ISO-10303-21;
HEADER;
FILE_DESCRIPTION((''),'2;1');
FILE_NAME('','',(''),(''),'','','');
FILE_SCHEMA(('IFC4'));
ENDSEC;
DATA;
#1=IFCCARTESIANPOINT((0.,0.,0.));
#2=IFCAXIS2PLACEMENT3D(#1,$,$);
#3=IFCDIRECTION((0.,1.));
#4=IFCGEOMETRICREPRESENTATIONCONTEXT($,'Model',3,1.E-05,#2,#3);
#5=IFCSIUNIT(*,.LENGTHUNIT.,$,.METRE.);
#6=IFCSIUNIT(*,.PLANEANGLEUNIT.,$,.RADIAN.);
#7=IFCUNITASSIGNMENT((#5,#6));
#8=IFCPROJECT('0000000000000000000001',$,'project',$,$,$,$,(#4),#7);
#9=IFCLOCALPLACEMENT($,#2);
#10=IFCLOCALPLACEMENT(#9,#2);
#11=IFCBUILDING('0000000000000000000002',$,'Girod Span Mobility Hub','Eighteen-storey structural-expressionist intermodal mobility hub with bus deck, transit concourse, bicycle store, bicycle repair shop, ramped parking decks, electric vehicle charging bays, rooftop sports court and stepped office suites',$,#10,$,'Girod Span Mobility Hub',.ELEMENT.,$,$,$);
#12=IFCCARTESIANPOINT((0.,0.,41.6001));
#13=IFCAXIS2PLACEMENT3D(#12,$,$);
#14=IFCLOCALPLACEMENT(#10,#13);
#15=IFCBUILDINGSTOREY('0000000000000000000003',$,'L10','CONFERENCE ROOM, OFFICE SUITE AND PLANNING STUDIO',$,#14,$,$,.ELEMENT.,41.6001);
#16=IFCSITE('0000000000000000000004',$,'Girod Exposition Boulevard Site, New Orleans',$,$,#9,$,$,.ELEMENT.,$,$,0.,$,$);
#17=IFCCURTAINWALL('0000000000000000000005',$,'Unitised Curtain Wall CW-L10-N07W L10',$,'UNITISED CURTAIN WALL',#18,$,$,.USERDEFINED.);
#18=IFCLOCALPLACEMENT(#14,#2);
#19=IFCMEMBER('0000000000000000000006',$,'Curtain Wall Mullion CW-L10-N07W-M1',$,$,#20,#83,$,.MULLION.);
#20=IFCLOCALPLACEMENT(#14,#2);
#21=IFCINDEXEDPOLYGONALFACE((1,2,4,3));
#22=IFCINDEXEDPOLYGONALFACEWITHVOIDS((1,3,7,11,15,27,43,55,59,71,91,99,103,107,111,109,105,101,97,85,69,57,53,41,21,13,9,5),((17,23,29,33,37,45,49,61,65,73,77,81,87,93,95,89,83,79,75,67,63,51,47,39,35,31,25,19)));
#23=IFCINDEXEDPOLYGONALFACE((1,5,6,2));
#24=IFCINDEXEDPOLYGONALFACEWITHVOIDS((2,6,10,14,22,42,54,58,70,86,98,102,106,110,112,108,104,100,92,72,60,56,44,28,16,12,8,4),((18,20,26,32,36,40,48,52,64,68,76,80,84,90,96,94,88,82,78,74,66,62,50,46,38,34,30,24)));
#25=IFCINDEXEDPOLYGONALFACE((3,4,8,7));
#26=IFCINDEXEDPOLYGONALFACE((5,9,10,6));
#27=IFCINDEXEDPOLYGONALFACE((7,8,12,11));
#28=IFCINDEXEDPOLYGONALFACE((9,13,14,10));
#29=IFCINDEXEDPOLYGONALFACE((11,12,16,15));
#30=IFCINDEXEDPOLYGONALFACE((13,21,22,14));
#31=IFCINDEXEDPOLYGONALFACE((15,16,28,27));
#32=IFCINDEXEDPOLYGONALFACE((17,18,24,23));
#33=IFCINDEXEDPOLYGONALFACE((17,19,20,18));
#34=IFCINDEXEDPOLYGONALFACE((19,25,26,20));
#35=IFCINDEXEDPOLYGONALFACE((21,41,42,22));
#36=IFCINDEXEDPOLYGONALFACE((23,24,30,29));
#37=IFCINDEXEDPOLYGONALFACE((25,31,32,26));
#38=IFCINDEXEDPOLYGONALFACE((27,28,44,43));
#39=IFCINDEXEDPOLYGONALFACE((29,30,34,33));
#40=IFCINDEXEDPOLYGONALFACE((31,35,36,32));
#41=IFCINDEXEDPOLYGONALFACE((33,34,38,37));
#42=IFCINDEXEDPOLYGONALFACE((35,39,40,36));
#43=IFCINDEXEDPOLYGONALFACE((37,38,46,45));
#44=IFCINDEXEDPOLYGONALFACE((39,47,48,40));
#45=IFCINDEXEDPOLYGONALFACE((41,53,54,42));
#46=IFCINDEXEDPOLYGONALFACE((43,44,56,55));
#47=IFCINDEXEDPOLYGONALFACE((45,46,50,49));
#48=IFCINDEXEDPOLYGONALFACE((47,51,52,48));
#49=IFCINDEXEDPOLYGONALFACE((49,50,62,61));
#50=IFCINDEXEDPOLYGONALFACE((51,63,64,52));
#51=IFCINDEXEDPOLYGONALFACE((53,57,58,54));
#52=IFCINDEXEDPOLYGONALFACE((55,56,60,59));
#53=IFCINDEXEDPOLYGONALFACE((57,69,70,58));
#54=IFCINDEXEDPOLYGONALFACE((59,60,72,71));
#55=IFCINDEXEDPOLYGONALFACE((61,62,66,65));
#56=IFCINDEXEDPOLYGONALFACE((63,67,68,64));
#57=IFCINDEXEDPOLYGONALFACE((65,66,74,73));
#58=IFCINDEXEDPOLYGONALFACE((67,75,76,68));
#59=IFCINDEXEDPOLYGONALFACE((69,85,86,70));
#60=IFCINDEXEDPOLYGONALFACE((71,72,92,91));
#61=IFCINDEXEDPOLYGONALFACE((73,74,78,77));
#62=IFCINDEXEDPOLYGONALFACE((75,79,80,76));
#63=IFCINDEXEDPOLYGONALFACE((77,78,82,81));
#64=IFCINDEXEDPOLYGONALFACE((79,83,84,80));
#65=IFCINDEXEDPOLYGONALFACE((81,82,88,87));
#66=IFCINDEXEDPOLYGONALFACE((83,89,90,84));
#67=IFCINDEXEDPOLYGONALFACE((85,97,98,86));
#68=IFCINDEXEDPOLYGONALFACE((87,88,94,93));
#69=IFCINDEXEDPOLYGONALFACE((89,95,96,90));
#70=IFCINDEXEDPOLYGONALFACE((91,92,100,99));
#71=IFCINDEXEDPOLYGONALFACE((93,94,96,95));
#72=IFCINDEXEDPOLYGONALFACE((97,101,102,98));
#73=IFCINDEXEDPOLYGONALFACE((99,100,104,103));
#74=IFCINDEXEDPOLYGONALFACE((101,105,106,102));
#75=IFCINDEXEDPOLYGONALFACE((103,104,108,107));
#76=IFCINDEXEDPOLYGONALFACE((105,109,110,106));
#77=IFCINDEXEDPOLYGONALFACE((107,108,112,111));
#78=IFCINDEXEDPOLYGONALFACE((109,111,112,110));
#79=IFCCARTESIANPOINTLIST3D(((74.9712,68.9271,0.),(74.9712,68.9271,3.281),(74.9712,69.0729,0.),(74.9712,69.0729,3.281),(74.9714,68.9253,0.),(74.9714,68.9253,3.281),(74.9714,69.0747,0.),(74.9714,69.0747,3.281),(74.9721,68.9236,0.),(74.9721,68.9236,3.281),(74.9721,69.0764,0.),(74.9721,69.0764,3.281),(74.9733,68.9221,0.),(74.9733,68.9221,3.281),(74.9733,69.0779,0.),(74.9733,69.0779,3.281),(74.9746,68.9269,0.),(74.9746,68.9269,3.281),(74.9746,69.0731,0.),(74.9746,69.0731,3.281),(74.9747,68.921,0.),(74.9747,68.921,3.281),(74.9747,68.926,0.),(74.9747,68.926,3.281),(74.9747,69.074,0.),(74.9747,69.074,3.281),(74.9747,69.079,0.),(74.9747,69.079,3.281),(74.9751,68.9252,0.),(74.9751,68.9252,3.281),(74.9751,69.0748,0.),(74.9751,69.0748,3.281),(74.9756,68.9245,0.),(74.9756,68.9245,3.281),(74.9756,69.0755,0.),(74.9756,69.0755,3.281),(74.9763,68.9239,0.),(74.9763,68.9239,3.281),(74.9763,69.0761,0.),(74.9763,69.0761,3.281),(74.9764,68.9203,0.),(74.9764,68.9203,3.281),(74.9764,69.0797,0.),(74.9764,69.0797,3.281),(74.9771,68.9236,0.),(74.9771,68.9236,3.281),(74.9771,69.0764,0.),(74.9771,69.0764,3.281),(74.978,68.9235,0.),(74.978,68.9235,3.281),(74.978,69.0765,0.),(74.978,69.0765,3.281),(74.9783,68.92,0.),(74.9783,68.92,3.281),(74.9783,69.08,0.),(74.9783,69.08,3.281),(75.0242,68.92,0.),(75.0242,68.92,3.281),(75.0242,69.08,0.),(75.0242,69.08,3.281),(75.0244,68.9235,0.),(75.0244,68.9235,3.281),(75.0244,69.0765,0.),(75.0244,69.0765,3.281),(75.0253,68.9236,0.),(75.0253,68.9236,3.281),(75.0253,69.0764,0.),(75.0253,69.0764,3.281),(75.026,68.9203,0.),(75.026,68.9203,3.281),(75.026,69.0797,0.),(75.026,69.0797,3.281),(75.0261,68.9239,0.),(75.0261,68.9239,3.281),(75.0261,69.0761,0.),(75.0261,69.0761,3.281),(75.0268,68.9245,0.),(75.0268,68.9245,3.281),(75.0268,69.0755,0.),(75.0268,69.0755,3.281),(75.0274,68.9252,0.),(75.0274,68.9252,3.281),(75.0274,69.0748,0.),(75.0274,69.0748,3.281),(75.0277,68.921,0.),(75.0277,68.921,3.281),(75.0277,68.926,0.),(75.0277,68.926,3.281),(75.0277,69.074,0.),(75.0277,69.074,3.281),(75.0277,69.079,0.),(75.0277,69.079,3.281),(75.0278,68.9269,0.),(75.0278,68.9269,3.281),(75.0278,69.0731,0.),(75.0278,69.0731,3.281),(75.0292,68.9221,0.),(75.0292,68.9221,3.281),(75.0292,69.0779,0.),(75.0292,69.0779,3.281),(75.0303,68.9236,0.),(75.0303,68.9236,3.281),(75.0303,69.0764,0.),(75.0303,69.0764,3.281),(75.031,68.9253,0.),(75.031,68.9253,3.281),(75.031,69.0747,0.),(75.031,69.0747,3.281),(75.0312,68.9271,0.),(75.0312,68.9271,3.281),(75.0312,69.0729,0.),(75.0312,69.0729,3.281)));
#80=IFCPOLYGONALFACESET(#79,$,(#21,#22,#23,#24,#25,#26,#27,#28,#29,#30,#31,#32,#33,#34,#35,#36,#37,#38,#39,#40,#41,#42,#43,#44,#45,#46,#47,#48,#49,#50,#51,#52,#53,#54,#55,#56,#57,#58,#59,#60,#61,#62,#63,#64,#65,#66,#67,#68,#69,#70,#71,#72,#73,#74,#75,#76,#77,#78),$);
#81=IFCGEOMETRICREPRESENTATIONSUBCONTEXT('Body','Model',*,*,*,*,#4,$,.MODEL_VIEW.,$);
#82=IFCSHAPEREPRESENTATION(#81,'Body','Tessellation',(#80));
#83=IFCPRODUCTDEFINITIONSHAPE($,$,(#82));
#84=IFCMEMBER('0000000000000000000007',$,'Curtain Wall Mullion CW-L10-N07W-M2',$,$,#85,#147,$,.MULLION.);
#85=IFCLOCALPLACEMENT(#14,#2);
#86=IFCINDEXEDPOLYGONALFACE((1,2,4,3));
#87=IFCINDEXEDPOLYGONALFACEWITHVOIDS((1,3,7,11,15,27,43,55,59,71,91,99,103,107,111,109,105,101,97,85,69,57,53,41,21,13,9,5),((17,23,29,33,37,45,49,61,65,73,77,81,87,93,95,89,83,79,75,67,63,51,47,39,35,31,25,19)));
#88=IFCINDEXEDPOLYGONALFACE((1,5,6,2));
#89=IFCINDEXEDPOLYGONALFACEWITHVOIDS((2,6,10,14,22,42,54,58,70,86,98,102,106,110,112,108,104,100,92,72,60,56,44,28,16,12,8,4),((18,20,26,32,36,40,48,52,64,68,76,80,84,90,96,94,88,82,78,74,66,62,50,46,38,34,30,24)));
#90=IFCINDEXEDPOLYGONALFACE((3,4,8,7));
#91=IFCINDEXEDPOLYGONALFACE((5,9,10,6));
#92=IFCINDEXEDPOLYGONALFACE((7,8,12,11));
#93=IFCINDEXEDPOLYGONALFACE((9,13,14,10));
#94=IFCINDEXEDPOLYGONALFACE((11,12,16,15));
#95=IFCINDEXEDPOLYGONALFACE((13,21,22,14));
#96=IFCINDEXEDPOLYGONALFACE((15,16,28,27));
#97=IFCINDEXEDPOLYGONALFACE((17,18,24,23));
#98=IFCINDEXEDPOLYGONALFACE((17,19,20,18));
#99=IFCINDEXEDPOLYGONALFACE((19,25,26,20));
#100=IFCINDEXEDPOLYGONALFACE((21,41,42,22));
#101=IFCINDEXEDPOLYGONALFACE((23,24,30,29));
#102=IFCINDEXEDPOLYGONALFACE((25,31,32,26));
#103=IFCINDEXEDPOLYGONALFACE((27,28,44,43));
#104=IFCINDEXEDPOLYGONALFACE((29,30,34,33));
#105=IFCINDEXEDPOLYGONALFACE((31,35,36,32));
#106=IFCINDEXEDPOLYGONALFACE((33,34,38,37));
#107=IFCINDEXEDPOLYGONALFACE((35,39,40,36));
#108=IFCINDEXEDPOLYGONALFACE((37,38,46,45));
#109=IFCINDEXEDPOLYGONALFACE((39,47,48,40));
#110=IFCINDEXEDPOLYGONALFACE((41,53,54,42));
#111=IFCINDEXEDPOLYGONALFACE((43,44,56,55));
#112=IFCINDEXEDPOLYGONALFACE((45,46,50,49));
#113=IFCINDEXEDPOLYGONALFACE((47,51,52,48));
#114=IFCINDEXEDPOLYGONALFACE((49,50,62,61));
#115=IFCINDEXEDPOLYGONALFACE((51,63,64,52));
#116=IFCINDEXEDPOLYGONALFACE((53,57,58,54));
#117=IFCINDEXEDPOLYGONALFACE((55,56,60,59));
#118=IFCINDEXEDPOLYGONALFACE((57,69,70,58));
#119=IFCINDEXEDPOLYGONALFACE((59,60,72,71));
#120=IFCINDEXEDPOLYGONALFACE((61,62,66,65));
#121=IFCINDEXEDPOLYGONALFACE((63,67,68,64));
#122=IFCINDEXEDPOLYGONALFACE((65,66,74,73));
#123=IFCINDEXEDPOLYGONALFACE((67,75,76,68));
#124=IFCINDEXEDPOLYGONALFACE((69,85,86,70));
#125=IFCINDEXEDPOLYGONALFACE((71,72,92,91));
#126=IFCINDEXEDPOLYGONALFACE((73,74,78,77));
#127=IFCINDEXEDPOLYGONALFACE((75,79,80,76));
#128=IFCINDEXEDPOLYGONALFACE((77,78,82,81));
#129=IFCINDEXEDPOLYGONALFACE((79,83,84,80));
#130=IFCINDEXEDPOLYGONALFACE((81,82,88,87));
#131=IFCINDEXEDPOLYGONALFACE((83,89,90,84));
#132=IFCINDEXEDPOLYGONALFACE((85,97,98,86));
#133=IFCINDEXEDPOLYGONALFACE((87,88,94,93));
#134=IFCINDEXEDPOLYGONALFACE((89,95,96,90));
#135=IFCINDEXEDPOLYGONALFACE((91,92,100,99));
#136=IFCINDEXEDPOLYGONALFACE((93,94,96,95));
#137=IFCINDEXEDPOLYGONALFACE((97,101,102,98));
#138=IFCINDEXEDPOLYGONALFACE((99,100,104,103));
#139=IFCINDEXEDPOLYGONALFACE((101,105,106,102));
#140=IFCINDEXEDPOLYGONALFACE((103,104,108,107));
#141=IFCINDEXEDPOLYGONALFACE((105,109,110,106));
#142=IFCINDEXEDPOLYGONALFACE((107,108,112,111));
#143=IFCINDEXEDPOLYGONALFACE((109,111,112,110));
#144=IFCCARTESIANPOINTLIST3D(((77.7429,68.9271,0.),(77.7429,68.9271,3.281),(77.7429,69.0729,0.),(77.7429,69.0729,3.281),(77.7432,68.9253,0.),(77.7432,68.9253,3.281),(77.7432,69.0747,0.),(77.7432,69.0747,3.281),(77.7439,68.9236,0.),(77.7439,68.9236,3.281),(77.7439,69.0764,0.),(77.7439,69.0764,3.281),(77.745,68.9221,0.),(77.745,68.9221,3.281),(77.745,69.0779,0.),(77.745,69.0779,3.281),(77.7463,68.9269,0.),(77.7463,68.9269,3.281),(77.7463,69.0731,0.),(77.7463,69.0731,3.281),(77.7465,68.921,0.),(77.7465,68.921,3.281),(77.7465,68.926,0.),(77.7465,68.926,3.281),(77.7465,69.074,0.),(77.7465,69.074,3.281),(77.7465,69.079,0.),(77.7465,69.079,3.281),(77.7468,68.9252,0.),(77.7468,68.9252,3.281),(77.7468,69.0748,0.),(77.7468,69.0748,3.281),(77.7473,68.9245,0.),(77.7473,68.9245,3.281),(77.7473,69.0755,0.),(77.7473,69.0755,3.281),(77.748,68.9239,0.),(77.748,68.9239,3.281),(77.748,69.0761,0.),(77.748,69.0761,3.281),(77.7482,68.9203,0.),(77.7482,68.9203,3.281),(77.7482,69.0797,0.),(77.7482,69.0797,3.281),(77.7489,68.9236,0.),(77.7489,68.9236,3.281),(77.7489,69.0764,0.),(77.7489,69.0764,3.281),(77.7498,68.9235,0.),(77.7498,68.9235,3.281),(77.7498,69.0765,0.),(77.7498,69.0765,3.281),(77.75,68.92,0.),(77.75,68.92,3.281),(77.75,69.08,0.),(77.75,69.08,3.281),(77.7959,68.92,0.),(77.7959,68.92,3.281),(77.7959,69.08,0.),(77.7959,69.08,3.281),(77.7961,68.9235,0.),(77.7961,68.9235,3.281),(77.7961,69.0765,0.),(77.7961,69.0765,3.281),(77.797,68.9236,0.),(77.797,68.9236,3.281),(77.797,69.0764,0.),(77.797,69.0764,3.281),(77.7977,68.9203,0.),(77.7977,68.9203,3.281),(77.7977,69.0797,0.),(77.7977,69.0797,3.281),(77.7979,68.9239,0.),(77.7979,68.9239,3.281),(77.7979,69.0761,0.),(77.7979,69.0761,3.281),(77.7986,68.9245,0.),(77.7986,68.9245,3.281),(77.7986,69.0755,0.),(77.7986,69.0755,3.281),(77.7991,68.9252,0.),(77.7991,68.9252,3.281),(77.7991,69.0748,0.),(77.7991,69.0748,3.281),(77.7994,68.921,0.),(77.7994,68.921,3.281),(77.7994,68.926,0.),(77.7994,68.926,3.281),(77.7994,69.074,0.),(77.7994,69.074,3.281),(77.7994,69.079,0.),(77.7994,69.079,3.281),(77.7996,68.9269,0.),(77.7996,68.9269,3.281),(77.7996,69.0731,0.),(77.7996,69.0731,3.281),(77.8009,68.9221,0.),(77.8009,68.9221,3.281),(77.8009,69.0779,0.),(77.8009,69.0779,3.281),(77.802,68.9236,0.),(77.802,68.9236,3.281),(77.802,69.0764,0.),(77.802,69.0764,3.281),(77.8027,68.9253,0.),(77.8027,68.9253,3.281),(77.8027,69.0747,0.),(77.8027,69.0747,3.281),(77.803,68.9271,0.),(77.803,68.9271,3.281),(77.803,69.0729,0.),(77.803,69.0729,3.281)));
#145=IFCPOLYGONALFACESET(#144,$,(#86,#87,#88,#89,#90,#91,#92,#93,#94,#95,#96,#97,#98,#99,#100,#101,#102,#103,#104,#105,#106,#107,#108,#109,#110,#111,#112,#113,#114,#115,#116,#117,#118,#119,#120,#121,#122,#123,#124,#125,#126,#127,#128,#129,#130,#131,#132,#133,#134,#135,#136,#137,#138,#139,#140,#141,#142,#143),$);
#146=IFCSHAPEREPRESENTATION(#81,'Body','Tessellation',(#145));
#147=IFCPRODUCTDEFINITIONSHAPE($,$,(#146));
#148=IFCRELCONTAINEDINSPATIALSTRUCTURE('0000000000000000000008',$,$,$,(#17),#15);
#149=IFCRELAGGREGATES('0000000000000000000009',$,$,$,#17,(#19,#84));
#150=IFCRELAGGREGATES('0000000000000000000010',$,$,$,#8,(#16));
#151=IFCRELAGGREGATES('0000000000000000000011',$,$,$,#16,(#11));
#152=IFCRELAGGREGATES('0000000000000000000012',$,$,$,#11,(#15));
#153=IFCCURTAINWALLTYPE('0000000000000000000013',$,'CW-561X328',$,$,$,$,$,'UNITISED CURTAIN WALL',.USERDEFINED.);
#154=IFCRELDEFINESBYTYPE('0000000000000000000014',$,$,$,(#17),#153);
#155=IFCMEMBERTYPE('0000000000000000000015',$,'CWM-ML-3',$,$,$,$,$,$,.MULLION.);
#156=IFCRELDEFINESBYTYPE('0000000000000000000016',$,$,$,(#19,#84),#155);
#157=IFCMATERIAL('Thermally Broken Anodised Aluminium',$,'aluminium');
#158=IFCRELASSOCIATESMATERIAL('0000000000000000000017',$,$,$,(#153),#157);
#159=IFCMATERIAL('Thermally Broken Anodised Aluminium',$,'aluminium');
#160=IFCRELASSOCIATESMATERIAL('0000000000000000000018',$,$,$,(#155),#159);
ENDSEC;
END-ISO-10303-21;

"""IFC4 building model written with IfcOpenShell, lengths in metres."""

from ifc_helpers import new_model, si_unit, direction, frame, origin, origin_2d, place, context, subcontext, project, spatial, hollow_rectangle, extrude, material, material_profile, profile_set, type_object, element, aggregate, save


model = new_model("IFC4")

# Units and contexts
model_context = context("Model", 3, precision=1e-05, world=origin(), true_north=direction((0.0, 1.0)))
body_context = subcontext(model_context, "Body", "Model", "MODEL_VIEW")
ifc_project = project(units=[si_unit("LENGTHUNIT", "METRE"), si_unit("PLANEANGLEUNIT", "RADIAN")], contexts=[model_context])

# Site, building, storey
site_placement = place(None, origin())
site = spatial("IfcSite", under=ifc_project, at=site_placement, Name="Girod Exposition Boulevard Site, New Orleans", CompositionType="ELEMENT", RefElevation=0.0)
building_placement = place(site_placement, origin())
building = spatial("IfcBuilding", under=site, at=building_placement, Name="Girod Span Mobility Hub", Description="Eighteen-storey structural-expressionist intermodal mobility hub with bus deck, transit concourse, bicycle store, bicycle repair shop, ramped parking decks, electric vehicle charging bays, rooftop sports court and stepped office suites", LongName="Girod Span Mobility Hub", CompositionType="ELEMENT")
storey_placement = place(building_placement, frame((0.0, 0.0, 41.6001)))
storey = spatial("IfcBuildingStorey", under=building, at=storey_placement, Name="L10", Description="CONFERENCE ROOM, OFFICE SUITE AND PLANNING STUDIO", CompositionType="ELEMENT", Elevation=41.6001)

# Shared definitions
ifc_material_1 = material(Name="Thermally Broken Anodised Aluminium", Category="aluminium")
curtain_wall_type = type_object("IfcCurtainWallType", Name="CW-561X328", ElementType="UNITISED CURTAIN WALL", PredefinedType="USERDEFINED", material=ifc_material_1)
ifc_material_2 = material(Name="Thermally Broken Anodised Aluminium", Category="aluminium")
ifc_material_profile_1 = material_profile(ifc_material_2, hollow_rectangle(XDim=0.1599, YDim=0.0601, WallThickness=0.0034, InnerFilletRadius=0.0034, OuterFilletRadius=0.0071, at=origin_2d()), Name="CW-ML-60X160")
ifc_profile_set_1 = profile_set([ifc_material_profile_1], Name="Thermally Broken Anodised Aluminium")
member_type_1 = type_object("IfcMemberType", Name="CWM-ML-3", PredefinedType="MULLION", material=ifc_profile_set_1)

# Curtain wall, members
curtain_wall_1_placement = place(storey_placement, origin())
curtain_wall_1 = element("IfcCurtainWall", 1, at=curtain_wall_1_placement, inside=storey, type_object=curtain_wall_type, Name="Unitised Curtain Wall CW-L10-N07W L10", ObjectType="UNITISED CURTAIN WALL", PredefinedType="USERDEFINED")
member_1_placement = place(storey_placement, frame((75.0012, 69.0, 0.0), z_axis=(0.0, 0.0, 1.0), x_axis=(0.0, 1.0, 0.0)))
member_1 = element("IfcMember", 2, at=member_1_placement, type_object=member_type_1, Name="Curtain Wall Mullion CW-L10-N07W-M1", PredefinedType="MULLION", context=body_context, shape_type="SweptSolid", body=[
    extrude(hollow_rectangle(XDim=0.1599, YDim=0.0601, WallThickness=0.0034, InnerFilletRadius=0.0034, OuterFilletRadius=0.0071, at=origin_2d()), origin(), (0.0, 0.0, 1.0), 3.281),
])
member_2_placement = place(storey_placement, frame((77.7729, 69.0, 0.0), z_axis=(0.0, 0.0, 1.0), x_axis=(0.0, 1.0, 0.0)))
member_2 = element("IfcMember", 3, at=member_2_placement, type_object=member_type_1, Name="Curtain Wall Mullion CW-L10-N07W-M2", PredefinedType="MULLION", context=body_context, shape_type="SweptSolid", body=[
    extrude(hollow_rectangle(XDim=0.1599, YDim=0.0601, WallThickness=0.0034, InnerFilletRadius=0.0034, OuterFilletRadius=0.0071, at=origin_2d()), origin(), (0.0, 0.0, 1.0), 3.281),
])

aggregate(curtain_wall_1, [member_1, member_2])

save(model, "model.ifc")
